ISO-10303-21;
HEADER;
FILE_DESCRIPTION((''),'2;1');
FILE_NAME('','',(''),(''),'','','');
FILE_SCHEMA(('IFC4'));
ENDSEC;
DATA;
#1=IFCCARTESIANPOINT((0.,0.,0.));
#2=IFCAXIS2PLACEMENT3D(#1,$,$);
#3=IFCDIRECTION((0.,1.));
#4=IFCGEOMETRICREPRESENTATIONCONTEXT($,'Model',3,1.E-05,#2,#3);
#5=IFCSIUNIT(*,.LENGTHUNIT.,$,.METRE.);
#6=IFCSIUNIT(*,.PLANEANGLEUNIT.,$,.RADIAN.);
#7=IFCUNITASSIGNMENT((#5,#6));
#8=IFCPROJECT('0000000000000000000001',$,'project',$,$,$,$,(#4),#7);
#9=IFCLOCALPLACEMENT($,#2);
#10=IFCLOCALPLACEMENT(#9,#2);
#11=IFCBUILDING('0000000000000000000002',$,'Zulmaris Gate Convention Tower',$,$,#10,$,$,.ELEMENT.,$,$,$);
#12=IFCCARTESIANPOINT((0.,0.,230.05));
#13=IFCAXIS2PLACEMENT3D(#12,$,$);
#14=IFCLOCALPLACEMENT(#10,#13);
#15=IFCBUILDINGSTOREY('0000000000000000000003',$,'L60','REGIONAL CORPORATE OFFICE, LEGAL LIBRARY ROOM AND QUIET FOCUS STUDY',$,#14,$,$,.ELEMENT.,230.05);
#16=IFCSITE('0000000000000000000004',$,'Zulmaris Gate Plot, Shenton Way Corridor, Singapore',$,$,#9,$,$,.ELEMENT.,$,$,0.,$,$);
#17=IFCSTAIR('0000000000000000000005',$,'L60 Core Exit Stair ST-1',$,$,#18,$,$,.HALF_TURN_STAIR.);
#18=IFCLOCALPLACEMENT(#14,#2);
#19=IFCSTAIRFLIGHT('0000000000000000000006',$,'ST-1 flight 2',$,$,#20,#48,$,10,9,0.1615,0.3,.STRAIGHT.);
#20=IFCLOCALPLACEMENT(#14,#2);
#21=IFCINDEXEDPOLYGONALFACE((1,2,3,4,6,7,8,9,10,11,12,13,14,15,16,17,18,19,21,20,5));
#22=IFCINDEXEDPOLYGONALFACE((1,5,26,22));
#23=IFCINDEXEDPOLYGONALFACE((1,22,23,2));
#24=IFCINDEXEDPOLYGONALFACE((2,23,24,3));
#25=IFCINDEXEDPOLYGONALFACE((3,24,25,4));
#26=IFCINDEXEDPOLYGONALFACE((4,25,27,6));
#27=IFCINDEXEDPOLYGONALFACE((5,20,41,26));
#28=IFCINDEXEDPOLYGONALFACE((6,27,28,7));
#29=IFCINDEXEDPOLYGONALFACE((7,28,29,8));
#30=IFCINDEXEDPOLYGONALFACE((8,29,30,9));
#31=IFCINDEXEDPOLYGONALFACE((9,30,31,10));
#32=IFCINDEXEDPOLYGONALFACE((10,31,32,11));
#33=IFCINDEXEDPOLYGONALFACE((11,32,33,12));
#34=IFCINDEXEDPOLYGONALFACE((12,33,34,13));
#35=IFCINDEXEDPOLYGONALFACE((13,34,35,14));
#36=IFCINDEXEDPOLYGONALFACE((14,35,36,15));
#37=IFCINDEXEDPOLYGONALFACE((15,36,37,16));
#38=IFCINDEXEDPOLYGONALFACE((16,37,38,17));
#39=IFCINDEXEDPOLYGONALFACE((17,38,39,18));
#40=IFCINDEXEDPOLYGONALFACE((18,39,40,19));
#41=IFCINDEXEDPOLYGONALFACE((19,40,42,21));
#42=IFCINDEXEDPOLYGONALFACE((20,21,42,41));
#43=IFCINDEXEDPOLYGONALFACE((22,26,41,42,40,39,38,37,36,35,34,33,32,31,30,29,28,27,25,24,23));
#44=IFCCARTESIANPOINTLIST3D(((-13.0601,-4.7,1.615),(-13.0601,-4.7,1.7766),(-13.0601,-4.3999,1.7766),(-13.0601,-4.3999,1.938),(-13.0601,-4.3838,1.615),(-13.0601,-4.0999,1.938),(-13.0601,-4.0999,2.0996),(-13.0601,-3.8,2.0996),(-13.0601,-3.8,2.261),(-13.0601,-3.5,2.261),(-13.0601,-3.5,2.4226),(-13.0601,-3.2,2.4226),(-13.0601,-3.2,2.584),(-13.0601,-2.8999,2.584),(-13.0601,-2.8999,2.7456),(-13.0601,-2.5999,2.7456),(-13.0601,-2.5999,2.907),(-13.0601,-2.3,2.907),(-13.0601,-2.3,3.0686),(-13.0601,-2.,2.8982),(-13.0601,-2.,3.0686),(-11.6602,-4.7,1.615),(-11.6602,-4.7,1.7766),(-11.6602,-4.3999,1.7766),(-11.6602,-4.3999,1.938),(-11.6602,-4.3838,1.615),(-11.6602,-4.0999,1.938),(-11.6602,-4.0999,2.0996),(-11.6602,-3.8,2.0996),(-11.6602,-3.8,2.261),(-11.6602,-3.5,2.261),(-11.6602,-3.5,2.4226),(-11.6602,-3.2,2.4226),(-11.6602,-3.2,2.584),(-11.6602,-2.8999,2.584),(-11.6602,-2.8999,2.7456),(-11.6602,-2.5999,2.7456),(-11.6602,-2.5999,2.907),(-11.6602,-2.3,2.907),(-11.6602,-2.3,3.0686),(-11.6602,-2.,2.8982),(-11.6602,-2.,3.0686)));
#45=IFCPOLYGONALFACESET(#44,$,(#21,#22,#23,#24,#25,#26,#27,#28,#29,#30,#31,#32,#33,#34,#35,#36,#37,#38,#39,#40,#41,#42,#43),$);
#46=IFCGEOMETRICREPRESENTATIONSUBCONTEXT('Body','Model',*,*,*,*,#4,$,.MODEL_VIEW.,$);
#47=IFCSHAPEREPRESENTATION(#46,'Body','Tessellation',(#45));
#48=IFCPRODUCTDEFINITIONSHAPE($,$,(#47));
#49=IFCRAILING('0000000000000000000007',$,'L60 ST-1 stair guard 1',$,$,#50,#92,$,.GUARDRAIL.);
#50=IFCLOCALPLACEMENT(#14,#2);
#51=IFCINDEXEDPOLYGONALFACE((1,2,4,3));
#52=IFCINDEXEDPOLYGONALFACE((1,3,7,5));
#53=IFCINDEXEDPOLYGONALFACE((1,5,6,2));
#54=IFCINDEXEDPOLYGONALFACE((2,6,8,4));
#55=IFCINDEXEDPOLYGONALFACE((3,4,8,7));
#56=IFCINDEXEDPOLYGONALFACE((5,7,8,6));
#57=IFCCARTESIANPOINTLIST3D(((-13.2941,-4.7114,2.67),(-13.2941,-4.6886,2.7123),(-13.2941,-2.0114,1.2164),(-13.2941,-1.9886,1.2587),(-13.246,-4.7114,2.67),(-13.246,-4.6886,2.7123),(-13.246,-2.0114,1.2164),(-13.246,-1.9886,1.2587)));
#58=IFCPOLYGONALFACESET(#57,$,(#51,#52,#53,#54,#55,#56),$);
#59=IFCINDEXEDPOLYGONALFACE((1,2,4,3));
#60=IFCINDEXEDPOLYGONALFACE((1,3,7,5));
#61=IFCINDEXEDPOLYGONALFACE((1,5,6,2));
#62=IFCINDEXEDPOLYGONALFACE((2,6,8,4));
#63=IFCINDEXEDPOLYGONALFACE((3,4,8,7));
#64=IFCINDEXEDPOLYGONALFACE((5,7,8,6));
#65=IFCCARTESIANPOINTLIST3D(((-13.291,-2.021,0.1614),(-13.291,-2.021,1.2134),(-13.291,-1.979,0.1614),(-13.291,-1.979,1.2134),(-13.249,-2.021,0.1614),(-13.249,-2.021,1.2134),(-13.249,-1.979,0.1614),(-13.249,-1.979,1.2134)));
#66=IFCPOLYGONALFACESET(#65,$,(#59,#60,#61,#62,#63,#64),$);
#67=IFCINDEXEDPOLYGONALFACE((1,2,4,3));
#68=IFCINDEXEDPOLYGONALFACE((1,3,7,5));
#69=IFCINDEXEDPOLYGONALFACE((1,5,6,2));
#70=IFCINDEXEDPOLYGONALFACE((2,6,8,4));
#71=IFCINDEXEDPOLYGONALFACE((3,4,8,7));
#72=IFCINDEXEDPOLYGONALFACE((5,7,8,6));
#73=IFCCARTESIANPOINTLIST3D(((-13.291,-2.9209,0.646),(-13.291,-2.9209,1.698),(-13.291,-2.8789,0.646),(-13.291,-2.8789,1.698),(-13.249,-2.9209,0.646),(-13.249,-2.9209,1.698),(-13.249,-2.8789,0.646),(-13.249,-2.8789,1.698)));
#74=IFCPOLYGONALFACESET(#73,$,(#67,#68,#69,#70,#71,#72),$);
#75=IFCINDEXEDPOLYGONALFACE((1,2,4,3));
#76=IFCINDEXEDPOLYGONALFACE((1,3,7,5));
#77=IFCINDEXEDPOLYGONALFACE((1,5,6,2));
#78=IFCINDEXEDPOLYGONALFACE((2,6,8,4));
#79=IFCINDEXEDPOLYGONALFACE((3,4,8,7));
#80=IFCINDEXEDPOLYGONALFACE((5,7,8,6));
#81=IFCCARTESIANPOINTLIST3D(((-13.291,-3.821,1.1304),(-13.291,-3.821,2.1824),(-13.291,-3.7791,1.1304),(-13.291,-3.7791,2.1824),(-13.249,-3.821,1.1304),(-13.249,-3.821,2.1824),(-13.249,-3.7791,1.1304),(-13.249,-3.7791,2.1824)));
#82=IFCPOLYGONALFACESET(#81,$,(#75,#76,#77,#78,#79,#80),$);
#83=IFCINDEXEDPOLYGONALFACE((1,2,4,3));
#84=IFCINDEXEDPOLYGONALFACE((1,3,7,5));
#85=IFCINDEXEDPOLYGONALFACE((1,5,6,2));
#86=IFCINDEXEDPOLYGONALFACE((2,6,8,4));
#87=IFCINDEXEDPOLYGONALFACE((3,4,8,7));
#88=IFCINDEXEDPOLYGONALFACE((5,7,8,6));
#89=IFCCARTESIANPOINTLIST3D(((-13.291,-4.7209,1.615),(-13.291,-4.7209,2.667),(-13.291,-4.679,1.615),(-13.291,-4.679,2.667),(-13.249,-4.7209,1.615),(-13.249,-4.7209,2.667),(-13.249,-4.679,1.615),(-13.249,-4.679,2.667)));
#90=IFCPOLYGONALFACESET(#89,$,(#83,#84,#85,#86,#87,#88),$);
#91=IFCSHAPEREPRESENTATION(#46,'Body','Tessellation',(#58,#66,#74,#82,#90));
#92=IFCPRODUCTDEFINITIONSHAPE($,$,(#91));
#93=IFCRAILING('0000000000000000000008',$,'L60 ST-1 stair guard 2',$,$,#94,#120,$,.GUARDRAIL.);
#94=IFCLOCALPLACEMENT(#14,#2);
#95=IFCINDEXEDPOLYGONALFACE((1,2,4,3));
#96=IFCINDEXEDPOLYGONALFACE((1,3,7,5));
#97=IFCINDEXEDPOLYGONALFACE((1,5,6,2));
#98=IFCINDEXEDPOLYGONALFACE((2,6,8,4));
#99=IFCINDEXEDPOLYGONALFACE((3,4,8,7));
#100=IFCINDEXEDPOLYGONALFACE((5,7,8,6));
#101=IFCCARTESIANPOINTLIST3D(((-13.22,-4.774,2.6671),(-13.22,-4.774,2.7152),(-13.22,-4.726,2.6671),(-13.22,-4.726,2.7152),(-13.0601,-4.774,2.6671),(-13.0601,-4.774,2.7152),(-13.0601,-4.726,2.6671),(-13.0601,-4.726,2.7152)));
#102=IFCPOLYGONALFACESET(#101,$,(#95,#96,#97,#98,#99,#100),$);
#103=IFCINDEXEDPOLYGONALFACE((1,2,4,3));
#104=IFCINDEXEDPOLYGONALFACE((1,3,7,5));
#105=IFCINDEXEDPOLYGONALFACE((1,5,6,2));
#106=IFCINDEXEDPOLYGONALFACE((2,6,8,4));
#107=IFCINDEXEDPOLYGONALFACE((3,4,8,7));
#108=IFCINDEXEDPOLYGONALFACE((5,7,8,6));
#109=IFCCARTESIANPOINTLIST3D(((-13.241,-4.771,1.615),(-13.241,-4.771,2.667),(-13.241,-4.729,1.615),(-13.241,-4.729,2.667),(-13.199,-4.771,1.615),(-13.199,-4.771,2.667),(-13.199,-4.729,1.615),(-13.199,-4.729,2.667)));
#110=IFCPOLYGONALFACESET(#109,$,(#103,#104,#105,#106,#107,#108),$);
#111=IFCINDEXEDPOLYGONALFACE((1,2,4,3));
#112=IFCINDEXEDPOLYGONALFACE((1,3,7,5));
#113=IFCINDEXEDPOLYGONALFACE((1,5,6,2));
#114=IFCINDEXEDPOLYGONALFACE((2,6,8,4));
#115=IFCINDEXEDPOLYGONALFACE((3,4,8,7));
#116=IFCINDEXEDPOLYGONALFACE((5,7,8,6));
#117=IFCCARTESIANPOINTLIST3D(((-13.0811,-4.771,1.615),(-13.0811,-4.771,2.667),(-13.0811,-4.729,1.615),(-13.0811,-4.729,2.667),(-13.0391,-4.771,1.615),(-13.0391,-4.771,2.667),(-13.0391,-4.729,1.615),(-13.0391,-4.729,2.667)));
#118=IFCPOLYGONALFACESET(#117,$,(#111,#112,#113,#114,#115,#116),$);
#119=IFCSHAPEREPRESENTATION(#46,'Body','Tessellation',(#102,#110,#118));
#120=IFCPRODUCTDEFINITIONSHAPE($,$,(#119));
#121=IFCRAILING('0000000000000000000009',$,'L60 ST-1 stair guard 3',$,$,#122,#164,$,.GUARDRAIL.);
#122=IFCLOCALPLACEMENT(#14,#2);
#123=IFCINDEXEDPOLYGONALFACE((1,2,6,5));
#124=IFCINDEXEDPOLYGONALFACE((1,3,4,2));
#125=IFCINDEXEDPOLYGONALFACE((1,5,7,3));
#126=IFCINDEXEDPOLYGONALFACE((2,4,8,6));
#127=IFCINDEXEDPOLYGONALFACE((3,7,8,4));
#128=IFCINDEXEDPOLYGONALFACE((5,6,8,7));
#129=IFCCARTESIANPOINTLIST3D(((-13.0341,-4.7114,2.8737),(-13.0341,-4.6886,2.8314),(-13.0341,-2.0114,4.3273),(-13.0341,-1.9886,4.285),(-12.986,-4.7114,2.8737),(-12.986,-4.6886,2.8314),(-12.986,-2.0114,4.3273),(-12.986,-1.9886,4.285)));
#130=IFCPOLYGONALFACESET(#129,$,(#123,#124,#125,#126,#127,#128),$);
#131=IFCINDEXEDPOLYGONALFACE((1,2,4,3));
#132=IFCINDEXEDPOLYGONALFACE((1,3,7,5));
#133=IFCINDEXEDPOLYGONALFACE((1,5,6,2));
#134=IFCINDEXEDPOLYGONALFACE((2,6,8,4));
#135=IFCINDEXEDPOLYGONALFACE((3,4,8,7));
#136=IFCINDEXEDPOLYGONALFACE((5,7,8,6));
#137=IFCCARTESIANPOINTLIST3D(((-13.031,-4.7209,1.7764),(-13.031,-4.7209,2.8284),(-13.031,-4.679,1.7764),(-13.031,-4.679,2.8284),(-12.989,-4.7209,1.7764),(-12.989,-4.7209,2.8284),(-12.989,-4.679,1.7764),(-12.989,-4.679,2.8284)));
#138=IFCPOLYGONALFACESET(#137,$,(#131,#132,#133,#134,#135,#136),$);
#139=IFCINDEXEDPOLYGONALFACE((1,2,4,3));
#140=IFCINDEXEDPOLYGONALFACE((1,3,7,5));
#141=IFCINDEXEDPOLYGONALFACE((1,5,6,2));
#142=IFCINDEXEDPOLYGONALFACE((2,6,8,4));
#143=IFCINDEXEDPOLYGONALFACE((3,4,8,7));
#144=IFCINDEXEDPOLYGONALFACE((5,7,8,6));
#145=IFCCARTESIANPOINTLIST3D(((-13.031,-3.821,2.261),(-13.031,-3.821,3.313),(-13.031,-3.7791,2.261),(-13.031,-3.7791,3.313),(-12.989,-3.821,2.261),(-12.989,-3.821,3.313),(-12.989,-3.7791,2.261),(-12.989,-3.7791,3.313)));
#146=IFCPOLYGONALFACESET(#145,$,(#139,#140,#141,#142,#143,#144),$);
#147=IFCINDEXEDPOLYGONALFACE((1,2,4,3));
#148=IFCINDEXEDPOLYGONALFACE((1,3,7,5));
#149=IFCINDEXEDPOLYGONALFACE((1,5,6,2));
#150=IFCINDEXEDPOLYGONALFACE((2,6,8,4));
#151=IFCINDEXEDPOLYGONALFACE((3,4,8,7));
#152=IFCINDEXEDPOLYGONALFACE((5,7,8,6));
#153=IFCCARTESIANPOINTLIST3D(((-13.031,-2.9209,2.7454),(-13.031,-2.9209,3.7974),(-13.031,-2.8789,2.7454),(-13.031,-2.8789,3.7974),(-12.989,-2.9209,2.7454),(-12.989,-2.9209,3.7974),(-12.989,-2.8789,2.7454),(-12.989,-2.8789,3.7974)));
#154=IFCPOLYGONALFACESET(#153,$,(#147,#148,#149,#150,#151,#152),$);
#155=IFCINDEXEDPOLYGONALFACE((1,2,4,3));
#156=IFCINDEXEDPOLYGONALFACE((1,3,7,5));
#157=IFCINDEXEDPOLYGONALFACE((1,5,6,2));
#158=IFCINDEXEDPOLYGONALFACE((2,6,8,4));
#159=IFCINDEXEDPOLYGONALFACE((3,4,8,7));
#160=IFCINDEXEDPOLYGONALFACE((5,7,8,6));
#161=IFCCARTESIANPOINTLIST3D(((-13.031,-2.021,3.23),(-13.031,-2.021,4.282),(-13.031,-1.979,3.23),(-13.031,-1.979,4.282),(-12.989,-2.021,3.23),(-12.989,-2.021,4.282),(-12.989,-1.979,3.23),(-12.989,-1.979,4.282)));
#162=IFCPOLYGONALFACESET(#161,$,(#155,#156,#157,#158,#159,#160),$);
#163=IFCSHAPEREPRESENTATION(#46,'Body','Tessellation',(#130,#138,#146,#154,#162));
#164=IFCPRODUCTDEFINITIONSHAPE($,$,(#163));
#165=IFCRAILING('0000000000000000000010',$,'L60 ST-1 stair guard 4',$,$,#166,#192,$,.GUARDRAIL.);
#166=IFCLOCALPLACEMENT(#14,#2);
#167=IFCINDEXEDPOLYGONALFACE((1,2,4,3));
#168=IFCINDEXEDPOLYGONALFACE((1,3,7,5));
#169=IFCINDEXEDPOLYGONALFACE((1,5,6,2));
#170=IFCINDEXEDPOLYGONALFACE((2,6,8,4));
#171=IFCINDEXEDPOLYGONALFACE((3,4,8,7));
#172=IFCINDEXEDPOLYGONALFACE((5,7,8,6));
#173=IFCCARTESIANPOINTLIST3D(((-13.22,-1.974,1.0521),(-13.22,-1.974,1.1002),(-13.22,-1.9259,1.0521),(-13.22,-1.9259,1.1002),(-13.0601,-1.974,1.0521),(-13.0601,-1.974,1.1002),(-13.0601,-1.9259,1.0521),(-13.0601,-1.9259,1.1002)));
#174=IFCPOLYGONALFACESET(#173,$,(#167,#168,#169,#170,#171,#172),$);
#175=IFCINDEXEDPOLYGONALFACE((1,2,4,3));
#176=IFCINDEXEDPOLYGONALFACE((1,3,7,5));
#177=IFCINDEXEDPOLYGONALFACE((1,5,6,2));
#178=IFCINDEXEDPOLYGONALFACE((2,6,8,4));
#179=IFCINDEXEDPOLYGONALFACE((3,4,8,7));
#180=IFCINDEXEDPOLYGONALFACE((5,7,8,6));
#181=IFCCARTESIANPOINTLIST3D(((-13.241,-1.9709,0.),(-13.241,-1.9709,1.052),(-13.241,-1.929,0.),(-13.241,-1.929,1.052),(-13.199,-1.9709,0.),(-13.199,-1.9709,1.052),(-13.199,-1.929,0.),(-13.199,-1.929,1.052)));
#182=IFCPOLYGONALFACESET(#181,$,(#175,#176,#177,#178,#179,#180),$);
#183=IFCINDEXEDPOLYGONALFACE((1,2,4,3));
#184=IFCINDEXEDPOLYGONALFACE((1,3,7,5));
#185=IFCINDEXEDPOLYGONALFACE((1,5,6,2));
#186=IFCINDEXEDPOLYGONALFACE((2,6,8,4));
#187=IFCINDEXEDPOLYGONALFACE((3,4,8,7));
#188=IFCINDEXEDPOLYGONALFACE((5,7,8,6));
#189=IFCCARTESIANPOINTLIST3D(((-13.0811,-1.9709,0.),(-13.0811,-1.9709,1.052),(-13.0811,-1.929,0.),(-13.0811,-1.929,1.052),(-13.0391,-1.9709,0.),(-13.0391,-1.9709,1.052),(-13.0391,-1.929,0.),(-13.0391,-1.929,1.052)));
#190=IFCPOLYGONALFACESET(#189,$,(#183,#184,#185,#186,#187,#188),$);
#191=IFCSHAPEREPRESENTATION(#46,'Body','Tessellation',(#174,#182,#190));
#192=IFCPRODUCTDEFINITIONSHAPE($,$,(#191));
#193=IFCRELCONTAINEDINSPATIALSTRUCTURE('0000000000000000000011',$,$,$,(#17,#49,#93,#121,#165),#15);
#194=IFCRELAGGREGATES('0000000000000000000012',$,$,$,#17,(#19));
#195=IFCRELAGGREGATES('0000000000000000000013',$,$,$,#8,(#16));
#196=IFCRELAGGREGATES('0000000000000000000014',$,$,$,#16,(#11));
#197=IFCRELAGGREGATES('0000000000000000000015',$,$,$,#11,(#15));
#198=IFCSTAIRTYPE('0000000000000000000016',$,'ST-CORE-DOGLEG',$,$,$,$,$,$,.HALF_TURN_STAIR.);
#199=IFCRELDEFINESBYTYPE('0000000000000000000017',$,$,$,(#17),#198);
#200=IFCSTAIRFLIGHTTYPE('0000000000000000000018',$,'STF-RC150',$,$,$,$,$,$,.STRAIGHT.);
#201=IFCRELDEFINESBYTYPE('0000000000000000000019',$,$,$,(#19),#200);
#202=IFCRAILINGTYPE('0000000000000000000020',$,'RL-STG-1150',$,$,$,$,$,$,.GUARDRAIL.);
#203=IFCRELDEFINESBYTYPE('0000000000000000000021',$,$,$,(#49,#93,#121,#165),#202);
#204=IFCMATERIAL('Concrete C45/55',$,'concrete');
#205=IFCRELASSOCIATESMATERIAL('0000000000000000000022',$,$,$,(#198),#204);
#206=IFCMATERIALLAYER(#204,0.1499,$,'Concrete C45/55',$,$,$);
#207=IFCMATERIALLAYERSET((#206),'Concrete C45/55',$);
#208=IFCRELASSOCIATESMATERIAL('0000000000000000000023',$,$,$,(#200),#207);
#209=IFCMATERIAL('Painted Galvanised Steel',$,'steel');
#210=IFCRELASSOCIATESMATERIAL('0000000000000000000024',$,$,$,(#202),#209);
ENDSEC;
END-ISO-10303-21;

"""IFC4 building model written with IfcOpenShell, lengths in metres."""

from ifc_helpers import new_model, si_unit, direction, frame, origin, origin_2d, place, context, subcontext, project, spatial, polyline, rectangle, outline, extrude, material, layer, layer_set, type_object, element, aggregate, save


model = new_model("IFC4")

# Units and contexts
model_context = context("Model", 3, precision=1e-05, world=origin(), true_north=direction((0.0, 1.0)))
body_context = subcontext(model_context, "Body", "Model", "MODEL_VIEW")
ifc_project = project(units=[si_unit("LENGTHUNIT", "METRE"), si_unit("PLANEANGLEUNIT", "RADIAN")], contexts=[model_context])

# Site, building, storey
site_placement = place(None, origin())
site = spatial("IfcSite", under=ifc_project, at=site_placement, Name="Zulmaris Gate Plot, Shenton Way Corridor, Singapore", CompositionType="ELEMENT", RefElevation=0.0)
building_placement = place(site_placement, origin())
building = spatial("IfcBuilding", under=site, at=building_placement, Name="Zulmaris Gate Convention Tower", CompositionType="ELEMENT")
storey_placement = place(building_placement, frame((0.0, 0.0, 230.05)))
storey = spatial("IfcBuildingStorey", under=building, at=storey_placement, Name="L60", Description="REGIONAL CORPORATE OFFICE, LEGAL LIBRARY ROOM AND QUIET FOCUS STUDY", CompositionType="ELEMENT", Elevation=230.05)

# Stair, stair flight
ifc_material_1 = material(Name="Concrete C45/55", Category="concrete")
stair_type = type_object("IfcStairType", Name="ST-CORE-DOGLEG", PredefinedType="HALF_TURN_STAIR", material=ifc_material_1)
stair_placement = place(storey_placement, origin())
stair = element("IfcStair", 1, at=stair_placement, inside=storey, type_object=stair_type, Name="L60 Core Exit Stair ST-1", PredefinedType="HALF_TURN_STAIR")
ifc_layer_1 = layer(ifc_material_1, 0.1499, Name="Concrete C45/55")
ifc_layer_set_1 = layer_set([ifc_layer_1], Name="Concrete C45/55")
stair_flight_type = type_object("IfcStairFlightType", Name="STF-RC150", PredefinedType="STRAIGHT", material=ifc_layer_set_1)
stair_flight_1_placement = place(storey_placement, frame((-12.3601, -4.7, 1.615), z_axis=(0.0, 0.0, 1.0), x_axis=(0.0, 1.0, 0.0)))
stair_flight_1 = element("IfcStairFlight", 2, at=stair_flight_1_placement, type_object=stair_flight_type, Name="ST-1 flight 2", NumberOfRisers=10, NumberOfTreads=9, PredefinedType="STRAIGHT", RiserHeight=0.1615, TreadLength=0.3, context=body_context, shape_type="SweptSolid", body=[
    extrude(outline(polyline([(0.0, 0.0), (0.0, 0.1616), (0.3, 0.1616), (0.3, 0.323), (0.6001, 0.323), (0.6001, 0.4846), (0.8999, 0.4846), (0.8999, 0.646), (1.2, 0.646), (1.2, 0.8076), (1.5, 0.8076), (1.5, 0.969), (1.8, 0.969), (1.8, 1.1306), (2.1001, 1.1306), (2.1001, 1.292), (2.3999, 1.292), (2.3999, 1.4536), (2.7, 1.4536), (2.7, 1.615), (2.7, 1.2832), (0.3162, 0.0), (0.0, 0.0)])), frame((0.0, 0.7, 0.0), z_axis=(0.0, -1.0, 0.0), x_axis=(1.0, 0.0, 0.0)), (0.0, 0.0, 1.0), 1.3999),
])
aggregate(stair, [stair_flight_1])

# Railings
ifc_material_2 = material(Name="Painted Galvanised Steel", Category="steel")
railing_type_1 = type_object("IfcRailingType", Name="RL-STG-1150", PredefinedType="GUARDRAIL", material=ifc_material_2)
railing_1_placement = place(storey_placement, frame((-13.27, -2.0, 0.1614)))
element("IfcRailing", 3, at=railing_1_placement, inside=storey, type_object=railing_type_1, Name="L60 ST-1 stair guard 1", PredefinedType="GUARDRAIL", context=body_context, shape_type="SweptSolid", body=[
    extrude(rectangle(XDim=0.0481, YDim=0.0481, at=origin_2d()), frame((0.0, 0.0, 1.0762), z_axis=(0.0, -0.880499, 0.474048), x_axis=(1.0, 0.0, 0.0)), (0.0, 0.0, 1.0), 3.0664),
    extrude(rectangle(XDim=0.042, YDim=0.042, at=origin_2d()), origin(), (0.0, 0.0, 1.0), 1.052),
    extrude(rectangle(XDim=0.042, YDim=0.042, at=origin_2d()), frame((0.0, -0.8999, 0.4846)), (0.0, 0.0, 1.0), 1.052),
    extrude(rectangle(XDim=0.042, YDim=0.042, at=origin_2d()), frame((0.0, -1.8, 0.969)), (0.0, 0.0, 1.0), 1.052),
    extrude(rectangle(XDim=0.042, YDim=0.042, at=origin_2d()), frame((0.0, -2.7, 1.4536)), (0.0, 0.0, 1.0), 1.052),
])
railing_2_placement = place(storey_placement, frame((-13.22, -4.75, 1.615)))
element("IfcRailing", 4, at=railing_2_placement, inside=storey, type_object=railing_type_1, Name="L60 ST-1 stair guard 2", PredefinedType="GUARDRAIL", context=body_context, shape_type="SweptSolid", body=[
    extrude(rectangle(XDim=0.0481, YDim=0.0481, at=origin_2d()), frame((0.0, 0.0, 1.0762), z_axis=(1.0, 0.0, 0.0), x_axis=(0.0, 1.0, 0.0)), (0.0, 0.0, 1.0), 0.1599),
    extrude(rectangle(XDim=0.042, YDim=0.042, at=origin_2d()), origin(), (0.0, 0.0, 1.0), 1.052),
    extrude(rectangle(XDim=0.042, YDim=0.042, at=origin_2d()), frame((0.1599, 0.0, 0.0)), (0.0, 0.0, 1.0), 1.052),
])
railing_3_placement = place(storey_placement, frame((-13.01, -4.7, 1.7764)))
element("IfcRailing", 5, at=railing_3_placement, inside=storey, type_object=railing_type_1, Name="L60 ST-1 stair guard 3", PredefinedType="GUARDRAIL", context=body_context, shape_type="SweptSolid", body=[
    extrude(rectangle(XDim=0.0481, YDim=0.0481, at=origin_2d()), frame((0.0, 0.0, 1.0762), z_axis=(0.0, 0.880499, 0.474048), x_axis=(-1.0, 0.0, 0.0)), (0.0, 0.0, 1.0), 3.0664),
    extrude(rectangle(XDim=0.042, YDim=0.042, at=origin_2d()), origin(), (0.0, 0.0, 1.0), 1.052),
    extrude(rectangle(XDim=0.042, YDim=0.042, at=origin_2d()), frame((0.0, 0.8999, 0.4846)), (0.0, 0.0, 1.0), 1.052),
    extrude(rectangle(XDim=0.042, YDim=0.042, at=origin_2d()), frame((0.0, 1.8, 0.969)), (0.0, 0.0, 1.0), 1.052),
    extrude(rectangle(XDim=0.042, YDim=0.042, at=origin_2d()), frame((0.0, 2.7, 1.4536)), (0.0, 0.0, 1.0), 1.052),
])
railing_4_placement = place(storey_placement, frame((-13.22, -1.95, 0.0)))
element("IfcRailing", 6, at=railing_4_placement, inside=storey, type_object=railing_type_1, Name="L60 ST-1 stair guard 4", PredefinedType="GUARDRAIL", context=body_context, shape_type="SweptSolid", body=[
    extrude(rectangle(XDim=0.0481, YDim=0.0481, at=origin_2d()), frame((0.0, 0.0, 1.0762), z_axis=(1.0, 0.0, 0.0), x_axis=(0.0, 1.0, 0.0)), (0.0, 0.0, 1.0), 0.1599),
    extrude(rectangle(XDim=0.042, YDim=0.042, at=origin_2d()), origin(), (0.0, 0.0, 1.0), 1.052),
    extrude(rectangle(XDim=0.042, YDim=0.042, at=origin_2d()), frame((0.1599, 0.0, 0.0)), (0.0, 0.0, 1.0), 1.052),
])

save(model, "model.ifc")
